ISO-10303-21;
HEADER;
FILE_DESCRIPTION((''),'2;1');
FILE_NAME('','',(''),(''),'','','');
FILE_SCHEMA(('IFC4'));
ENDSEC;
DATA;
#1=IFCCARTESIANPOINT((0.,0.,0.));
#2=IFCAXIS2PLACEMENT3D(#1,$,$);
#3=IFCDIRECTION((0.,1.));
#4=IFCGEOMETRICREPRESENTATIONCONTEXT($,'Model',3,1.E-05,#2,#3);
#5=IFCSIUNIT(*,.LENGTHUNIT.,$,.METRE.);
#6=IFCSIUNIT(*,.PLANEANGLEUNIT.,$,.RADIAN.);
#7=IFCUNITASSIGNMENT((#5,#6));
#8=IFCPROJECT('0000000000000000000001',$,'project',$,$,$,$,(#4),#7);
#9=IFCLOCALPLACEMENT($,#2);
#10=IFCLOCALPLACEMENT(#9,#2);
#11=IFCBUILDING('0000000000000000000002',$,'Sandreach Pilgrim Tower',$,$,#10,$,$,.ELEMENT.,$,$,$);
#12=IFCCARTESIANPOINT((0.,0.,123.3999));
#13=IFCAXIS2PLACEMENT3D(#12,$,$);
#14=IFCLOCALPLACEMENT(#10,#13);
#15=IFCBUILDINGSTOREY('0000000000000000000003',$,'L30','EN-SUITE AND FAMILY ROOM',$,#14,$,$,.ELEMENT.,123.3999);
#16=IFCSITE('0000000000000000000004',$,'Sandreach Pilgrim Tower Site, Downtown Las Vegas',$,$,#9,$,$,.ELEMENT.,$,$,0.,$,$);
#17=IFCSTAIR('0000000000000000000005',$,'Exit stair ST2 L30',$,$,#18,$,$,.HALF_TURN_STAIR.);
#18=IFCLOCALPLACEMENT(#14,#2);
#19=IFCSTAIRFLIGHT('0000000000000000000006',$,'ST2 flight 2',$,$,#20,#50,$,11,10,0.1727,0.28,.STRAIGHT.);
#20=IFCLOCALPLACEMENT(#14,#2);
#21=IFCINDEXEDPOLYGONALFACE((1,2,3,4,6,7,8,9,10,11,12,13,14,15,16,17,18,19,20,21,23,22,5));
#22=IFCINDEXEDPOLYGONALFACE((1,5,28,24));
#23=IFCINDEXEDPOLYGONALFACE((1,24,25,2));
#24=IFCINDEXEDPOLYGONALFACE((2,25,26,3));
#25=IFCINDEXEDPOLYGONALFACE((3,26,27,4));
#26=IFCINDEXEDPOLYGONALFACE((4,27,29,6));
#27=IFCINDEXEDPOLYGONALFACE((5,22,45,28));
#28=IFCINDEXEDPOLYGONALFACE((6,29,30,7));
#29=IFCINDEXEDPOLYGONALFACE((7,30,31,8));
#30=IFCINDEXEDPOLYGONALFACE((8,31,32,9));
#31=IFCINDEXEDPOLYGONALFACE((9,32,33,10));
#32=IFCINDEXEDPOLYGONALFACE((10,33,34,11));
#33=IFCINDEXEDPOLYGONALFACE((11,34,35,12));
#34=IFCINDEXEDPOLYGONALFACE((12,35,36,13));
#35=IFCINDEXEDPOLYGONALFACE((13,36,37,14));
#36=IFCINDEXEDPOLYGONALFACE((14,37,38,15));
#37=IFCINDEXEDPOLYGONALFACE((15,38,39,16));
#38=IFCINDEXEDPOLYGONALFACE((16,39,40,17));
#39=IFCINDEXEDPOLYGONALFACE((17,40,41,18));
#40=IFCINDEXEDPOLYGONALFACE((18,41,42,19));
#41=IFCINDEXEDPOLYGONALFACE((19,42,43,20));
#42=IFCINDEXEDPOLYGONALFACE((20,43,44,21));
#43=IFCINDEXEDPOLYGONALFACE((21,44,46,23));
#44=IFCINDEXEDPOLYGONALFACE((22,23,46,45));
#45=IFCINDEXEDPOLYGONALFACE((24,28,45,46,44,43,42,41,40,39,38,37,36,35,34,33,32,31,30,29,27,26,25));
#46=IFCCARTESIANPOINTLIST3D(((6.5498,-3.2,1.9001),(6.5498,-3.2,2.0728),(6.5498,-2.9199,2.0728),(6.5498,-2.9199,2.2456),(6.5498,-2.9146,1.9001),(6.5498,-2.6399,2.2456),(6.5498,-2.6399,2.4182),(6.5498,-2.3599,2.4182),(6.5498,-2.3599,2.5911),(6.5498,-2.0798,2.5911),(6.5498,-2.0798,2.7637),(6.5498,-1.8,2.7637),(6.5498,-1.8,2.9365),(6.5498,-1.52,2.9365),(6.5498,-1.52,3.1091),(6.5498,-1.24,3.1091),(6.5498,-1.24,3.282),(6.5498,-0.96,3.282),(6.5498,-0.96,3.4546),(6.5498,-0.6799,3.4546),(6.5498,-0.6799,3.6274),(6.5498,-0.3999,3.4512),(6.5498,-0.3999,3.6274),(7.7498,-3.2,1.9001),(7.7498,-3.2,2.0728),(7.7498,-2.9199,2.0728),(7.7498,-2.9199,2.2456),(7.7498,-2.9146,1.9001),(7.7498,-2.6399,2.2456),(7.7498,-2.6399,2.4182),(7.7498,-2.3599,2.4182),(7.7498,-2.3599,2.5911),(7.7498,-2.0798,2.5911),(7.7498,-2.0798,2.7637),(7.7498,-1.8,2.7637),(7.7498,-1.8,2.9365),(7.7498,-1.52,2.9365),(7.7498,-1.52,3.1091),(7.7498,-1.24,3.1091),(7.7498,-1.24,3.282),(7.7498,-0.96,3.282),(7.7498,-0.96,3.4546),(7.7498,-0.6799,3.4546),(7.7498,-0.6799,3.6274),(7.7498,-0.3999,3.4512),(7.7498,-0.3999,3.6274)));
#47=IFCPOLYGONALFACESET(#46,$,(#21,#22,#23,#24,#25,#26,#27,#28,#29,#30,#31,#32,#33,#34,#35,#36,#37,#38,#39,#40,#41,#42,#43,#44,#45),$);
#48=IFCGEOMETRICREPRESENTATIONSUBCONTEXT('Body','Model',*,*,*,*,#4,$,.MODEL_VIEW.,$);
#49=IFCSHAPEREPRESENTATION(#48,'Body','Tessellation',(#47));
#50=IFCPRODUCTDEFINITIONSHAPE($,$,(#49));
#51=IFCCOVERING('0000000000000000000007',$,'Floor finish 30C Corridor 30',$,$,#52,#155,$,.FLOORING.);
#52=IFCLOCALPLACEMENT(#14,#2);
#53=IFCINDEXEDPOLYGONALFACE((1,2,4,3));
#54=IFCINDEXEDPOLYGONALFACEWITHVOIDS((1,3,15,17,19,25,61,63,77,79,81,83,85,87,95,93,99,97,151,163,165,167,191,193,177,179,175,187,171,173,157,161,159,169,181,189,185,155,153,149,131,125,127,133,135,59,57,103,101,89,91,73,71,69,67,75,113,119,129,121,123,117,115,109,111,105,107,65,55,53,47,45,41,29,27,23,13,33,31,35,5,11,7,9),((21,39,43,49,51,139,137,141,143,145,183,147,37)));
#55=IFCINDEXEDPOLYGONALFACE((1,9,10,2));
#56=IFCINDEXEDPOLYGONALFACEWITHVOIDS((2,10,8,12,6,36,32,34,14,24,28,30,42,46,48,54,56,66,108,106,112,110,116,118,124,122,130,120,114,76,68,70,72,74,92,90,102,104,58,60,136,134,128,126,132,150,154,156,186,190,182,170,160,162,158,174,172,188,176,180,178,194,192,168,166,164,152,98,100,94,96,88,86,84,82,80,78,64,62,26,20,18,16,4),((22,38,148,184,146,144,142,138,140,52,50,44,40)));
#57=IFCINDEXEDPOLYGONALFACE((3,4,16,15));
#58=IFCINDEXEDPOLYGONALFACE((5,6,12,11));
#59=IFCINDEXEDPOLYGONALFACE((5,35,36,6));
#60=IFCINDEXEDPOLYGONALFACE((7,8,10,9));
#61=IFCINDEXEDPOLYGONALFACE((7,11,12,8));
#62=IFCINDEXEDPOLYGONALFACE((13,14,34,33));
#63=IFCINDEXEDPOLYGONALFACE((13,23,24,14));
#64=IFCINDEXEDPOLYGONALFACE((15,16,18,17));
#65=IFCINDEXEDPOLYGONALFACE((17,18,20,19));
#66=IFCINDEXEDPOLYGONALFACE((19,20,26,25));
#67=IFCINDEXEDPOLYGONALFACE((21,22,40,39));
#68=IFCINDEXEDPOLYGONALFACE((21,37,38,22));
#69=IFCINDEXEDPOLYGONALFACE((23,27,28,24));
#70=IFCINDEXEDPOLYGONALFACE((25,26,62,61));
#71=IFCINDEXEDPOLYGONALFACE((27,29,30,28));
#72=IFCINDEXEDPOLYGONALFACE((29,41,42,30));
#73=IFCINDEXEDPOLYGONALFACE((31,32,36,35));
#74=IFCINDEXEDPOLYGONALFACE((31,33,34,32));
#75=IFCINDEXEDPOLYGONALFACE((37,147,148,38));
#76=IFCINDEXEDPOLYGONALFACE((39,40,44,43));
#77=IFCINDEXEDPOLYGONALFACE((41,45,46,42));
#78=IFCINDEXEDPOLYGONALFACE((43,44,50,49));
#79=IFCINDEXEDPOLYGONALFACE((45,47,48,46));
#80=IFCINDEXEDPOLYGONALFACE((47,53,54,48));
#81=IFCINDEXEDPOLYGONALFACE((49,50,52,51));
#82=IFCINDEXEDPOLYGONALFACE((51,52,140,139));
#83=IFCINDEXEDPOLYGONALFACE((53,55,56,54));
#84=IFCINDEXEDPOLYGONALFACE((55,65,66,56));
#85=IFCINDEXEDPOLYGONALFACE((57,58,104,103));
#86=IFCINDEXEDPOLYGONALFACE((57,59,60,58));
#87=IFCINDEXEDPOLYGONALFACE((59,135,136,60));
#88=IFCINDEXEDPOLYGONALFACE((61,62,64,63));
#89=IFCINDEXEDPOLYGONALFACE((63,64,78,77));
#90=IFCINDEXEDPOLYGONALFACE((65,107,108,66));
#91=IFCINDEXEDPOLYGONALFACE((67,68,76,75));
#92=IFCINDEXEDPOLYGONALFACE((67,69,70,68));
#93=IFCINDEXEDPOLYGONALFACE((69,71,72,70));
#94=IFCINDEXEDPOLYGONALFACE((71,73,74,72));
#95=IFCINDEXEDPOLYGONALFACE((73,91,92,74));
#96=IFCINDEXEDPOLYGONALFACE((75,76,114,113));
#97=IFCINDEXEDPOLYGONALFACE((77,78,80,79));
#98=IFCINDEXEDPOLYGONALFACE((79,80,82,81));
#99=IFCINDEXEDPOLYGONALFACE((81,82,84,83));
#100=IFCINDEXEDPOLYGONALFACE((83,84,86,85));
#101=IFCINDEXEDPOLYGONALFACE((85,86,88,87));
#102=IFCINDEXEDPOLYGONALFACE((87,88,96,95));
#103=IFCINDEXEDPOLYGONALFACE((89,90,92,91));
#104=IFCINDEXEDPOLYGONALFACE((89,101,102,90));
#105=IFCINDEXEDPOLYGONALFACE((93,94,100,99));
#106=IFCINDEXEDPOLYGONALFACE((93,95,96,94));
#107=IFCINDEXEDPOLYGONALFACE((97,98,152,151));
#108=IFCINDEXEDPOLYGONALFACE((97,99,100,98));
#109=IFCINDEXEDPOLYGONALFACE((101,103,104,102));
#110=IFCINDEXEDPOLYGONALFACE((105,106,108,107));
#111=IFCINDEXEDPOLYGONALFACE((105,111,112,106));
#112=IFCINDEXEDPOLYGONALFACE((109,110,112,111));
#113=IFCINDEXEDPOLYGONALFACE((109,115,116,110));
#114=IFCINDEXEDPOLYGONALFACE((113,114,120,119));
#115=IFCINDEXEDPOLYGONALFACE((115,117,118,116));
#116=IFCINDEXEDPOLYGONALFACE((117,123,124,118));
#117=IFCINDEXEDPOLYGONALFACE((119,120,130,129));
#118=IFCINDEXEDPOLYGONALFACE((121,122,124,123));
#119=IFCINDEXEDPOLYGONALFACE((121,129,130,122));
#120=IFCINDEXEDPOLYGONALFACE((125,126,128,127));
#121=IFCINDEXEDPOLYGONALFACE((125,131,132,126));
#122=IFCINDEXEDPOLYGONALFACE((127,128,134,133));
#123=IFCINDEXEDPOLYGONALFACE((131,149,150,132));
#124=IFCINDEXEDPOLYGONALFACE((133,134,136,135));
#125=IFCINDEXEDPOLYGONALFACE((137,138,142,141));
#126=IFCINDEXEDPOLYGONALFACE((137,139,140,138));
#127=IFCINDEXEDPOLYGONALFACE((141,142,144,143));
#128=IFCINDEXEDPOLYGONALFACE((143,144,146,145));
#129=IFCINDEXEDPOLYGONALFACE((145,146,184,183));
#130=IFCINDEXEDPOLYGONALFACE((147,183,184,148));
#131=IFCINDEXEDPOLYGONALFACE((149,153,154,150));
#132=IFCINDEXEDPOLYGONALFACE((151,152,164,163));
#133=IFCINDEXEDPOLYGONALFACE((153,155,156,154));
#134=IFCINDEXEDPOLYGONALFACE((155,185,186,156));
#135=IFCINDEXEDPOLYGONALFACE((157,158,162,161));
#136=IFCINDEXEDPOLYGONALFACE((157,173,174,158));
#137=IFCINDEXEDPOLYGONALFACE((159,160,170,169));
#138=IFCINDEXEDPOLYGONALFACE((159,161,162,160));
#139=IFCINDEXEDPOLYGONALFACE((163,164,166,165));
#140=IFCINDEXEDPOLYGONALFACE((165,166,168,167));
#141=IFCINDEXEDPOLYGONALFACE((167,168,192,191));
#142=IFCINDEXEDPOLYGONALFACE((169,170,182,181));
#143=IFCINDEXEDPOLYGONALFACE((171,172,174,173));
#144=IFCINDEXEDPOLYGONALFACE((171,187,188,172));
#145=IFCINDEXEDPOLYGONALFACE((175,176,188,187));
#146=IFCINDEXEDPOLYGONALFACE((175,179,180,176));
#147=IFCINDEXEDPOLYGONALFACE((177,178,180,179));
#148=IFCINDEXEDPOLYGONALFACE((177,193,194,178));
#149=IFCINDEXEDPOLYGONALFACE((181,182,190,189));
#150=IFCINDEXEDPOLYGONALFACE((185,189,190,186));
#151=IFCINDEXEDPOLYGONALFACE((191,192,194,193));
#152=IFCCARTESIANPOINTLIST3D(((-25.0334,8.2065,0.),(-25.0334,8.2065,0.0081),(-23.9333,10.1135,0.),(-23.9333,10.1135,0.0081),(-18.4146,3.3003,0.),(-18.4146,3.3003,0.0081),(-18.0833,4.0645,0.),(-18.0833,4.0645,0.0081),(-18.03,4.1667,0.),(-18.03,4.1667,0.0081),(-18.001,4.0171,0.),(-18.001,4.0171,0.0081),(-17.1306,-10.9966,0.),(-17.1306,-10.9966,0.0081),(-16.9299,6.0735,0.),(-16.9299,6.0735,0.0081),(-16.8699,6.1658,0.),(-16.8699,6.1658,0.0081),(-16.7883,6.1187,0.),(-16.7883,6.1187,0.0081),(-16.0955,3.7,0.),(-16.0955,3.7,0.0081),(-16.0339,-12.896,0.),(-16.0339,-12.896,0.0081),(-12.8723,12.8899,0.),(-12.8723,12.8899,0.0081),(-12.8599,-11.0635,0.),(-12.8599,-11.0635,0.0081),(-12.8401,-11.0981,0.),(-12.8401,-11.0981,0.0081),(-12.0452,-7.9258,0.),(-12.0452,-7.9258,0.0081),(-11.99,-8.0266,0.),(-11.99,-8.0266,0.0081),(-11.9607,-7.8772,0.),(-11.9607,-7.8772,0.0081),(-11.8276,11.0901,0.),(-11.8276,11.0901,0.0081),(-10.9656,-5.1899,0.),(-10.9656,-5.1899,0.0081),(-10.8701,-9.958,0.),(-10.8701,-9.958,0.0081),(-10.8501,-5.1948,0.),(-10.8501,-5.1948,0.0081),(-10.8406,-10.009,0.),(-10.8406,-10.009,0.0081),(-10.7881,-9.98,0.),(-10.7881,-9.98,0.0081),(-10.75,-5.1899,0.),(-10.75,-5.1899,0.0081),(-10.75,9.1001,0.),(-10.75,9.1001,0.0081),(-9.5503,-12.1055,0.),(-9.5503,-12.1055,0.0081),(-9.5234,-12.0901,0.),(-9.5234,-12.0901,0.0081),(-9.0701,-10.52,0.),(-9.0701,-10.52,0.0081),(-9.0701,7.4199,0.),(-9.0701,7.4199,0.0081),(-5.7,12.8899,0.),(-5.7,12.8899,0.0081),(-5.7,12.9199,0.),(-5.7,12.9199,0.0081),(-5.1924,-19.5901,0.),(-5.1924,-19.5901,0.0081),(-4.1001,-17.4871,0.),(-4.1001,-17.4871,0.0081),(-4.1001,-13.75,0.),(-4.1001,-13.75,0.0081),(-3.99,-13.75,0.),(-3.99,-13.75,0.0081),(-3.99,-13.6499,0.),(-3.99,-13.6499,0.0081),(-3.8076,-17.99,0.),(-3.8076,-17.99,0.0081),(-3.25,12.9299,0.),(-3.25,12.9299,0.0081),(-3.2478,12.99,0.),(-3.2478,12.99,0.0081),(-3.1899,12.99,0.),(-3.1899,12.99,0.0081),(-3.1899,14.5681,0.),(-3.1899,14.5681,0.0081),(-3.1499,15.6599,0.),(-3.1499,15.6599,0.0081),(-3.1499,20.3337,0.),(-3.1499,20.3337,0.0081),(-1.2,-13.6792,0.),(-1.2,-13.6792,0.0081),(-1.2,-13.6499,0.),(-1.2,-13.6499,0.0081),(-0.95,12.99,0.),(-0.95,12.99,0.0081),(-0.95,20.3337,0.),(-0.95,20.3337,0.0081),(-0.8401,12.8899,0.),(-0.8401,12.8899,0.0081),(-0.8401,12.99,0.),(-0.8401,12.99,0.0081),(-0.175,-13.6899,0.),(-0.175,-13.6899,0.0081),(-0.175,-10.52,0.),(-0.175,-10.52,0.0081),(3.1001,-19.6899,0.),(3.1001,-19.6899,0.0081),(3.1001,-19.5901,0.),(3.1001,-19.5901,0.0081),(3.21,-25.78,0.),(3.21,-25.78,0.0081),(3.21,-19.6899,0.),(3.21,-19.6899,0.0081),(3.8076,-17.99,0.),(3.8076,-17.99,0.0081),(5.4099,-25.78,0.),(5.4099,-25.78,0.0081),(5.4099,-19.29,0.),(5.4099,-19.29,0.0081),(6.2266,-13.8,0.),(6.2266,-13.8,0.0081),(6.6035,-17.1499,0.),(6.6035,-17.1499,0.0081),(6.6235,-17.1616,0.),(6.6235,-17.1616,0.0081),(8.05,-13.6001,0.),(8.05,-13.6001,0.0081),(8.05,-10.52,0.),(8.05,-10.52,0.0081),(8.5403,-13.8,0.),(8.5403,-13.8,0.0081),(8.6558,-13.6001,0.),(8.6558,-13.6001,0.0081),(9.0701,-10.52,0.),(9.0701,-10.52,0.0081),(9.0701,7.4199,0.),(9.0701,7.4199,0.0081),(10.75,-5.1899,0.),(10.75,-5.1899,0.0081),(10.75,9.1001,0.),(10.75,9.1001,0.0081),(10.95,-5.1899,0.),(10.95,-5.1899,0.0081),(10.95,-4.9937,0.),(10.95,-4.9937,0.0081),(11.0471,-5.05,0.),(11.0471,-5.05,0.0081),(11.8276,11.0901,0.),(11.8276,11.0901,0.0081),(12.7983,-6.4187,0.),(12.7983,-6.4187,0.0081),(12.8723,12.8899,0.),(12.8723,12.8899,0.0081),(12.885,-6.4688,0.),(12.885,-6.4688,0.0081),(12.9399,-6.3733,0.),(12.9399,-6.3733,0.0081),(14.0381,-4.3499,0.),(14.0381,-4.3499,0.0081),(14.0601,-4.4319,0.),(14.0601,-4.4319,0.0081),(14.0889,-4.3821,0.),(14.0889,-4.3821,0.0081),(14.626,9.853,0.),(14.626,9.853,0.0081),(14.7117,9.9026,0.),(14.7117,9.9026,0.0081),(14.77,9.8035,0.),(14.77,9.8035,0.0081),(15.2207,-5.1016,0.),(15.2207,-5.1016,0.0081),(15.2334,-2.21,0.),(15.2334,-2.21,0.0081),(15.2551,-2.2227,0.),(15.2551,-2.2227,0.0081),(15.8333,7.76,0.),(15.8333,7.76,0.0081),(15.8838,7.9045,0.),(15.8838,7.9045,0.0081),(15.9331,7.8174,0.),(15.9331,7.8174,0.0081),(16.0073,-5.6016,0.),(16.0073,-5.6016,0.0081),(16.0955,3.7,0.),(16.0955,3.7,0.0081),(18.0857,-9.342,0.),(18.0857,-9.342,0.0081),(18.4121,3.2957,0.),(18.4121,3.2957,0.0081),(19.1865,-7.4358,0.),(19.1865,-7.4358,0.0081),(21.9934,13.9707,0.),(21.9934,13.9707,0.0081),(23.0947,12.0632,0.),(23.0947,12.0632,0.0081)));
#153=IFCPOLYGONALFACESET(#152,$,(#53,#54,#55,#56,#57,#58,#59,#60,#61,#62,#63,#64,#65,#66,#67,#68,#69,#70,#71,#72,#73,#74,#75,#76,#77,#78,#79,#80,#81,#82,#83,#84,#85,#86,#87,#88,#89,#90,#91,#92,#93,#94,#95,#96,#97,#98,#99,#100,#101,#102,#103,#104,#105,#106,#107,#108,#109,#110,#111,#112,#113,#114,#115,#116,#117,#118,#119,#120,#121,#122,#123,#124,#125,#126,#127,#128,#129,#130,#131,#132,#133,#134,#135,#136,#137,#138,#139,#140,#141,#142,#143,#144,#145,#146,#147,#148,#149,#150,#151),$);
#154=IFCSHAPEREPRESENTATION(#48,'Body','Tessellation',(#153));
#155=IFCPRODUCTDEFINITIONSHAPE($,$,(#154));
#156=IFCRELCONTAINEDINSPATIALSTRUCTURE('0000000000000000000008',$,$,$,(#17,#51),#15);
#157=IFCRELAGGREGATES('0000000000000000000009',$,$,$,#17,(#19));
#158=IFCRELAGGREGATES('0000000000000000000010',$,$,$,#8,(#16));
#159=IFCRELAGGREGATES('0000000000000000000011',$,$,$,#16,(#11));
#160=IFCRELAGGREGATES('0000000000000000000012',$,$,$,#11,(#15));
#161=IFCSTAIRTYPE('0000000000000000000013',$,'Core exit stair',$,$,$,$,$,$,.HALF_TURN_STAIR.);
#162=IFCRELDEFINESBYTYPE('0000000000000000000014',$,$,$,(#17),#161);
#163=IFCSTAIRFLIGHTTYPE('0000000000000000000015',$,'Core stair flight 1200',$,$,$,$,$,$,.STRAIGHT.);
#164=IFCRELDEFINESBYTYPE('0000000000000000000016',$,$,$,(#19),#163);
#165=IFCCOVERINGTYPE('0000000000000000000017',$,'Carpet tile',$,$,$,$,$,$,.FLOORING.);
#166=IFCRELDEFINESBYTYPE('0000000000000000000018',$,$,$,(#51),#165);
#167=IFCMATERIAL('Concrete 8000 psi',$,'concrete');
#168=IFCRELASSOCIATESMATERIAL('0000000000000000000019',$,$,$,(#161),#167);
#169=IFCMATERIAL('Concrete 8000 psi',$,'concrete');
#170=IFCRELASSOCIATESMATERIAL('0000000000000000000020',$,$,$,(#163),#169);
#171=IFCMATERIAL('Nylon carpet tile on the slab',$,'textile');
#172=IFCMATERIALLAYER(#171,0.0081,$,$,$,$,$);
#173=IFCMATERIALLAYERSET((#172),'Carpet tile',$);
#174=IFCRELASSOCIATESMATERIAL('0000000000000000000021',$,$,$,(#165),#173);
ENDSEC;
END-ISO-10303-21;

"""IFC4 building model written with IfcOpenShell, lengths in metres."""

from ifc_helpers import new_model, si_unit, direction, frame, origin, place, context, subcontext, project, spatial, polyline, outline, extrude, material, layer, layer_set, type_object, element, aggregate, save


model = new_model("IFC4")

# Units and contexts
model_context = context("Model", 3, precision=1e-05, world=origin(), true_north=direction((0.0, 1.0)))
body_context = subcontext(model_context, "Body", "Model", "MODEL_VIEW")
ifc_project = project(units=[si_unit("LENGTHUNIT", "METRE"), si_unit("PLANEANGLEUNIT", "RADIAN")], contexts=[model_context])

# Site, building, storey
site_placement = place(None, origin())
site = spatial("IfcSite", under=ifc_project, at=site_placement, Name="Sandreach Pilgrim Tower Site, Downtown Las Vegas", CompositionType="ELEMENT", RefElevation=0.0)
building_placement = place(site_placement, origin())
building = spatial("IfcBuilding", under=site, at=building_placement, Name="Sandreach Pilgrim Tower", CompositionType="ELEMENT")
storey_placement = place(building_placement, frame((0.0, 0.0, 123.3999)))
storey = spatial("IfcBuildingStorey", under=building, at=storey_placement, Name="L30", Description="EN-SUITE AND FAMILY ROOM", CompositionType="ELEMENT", Elevation=123.3999)

# Stair
ifc_material_1 = material(Name="Concrete 8000 psi", Category="concrete")
stair_type = type_object("IfcStairType", Name="Core exit stair", PredefinedType="HALF_TURN_STAIR", material=ifc_material_1)
stair_1_placement = place(storey_placement, origin())
stair_1 = element("IfcStair", 1, at=stair_1_placement, inside=storey, type_object=stair_type, Name="Exit stair ST2 L30", PredefinedType="HALF_TURN_STAIR")

# Stair flight
ifc_material_2 = material(Name="Concrete 8000 psi", Category="concrete")
stair_flight_type = type_object("IfcStairFlightType", Name="Core stair flight 1200", PredefinedType="STRAIGHT", material=ifc_material_2)
stair_flight_1_placement = place(storey_placement, frame((7.1499, -3.2, 1.9001), z_axis=(0.0, 0.0, 1.0), x_axis=(0.0, 1.0, 0.0)))
stair_flight_1 = element("IfcStairFlight", 2, at=stair_flight_1_placement, type_object=stair_flight_type, Name="ST2 flight 2", NumberOfRisers=11, NumberOfTreads=10, PredefinedType="STRAIGHT", RiserHeight=0.1727, TreadLength=0.28, context=body_context, shape_type="SweptSolid", body=[
    extrude(outline(polyline([(0.0, 0.0), (0.0, 0.1726), (0.28, 0.1726), (0.28, 0.3455), (0.5601, 0.3455), (0.5601, 0.5181), (0.8401, 0.5181), (0.8401, 0.6909), (1.1201, 0.6909), (1.1201, 0.8635), (1.3999, 0.8635), (1.3999, 1.0364), (1.6799, 1.0364), (1.6799, 1.209), (1.96, 1.209), (1.96, 1.3818), (2.24, 1.3818), (2.24, 1.5544), (2.52, 1.5544), (2.52, 1.7273), (2.8, 1.7273), (2.8, 1.8999), (2.8, 1.551), (0.2854, 0.0), (0.0, 0.0)])), frame((0.0, 0.6001, 0.0), z_axis=(0.0, -1.0, 0.0), x_axis=(1.0, 0.0, 0.0)), (0.0, 0.0, 1.0), 1.2),
])
aggregate(stair_1, [stair_flight_1])

# Covering
ifc_material_3 = material(Name="Nylon carpet tile on the slab", Category="textile")
ifc_layer_1 = layer(ifc_material_3, 0.0081)
ifc_layer_set_1 = layer_set([ifc_layer_1], Name="Carpet tile")
covering_type_1 = type_object("IfcCoveringType", Name="Carpet tile", PredefinedType="FLOORING", material=ifc_layer_set_1)
covering_1_placement = place(storey_placement, origin())
element("IfcCovering", 3, at=covering_1_placement, inside=storey, type_object=covering_type_1, Name="Floor finish 30C Corridor 30", PredefinedType="FLOORING", context=body_context, shape_type="SweptSolid", body=[
    extrude(outline(polyline([(-16.9299, 6.0735), (-16.8699, 6.1658), (-16.7883, 6.1187), (-12.8723, 12.8899), (-5.7, 12.8899), (-5.7, 12.9199), (-3.25, 12.9299), (-3.2478, 12.99), (-3.1899, 12.99), (-3.1899, 14.5681), (-3.1499, 15.6599), (-3.1499, 20.3337), (-0.95, 20.3337), (-0.95, 12.99), (-0.8401, 12.99), (-0.8401, 12.8899), (12.8723, 12.8899), (14.626, 9.853), (14.7117, 9.9026), (14.77, 9.8035), (21.9934, 13.9707), (23.0947, 12.0632), (15.8838, 7.9045), (15.9331, 7.8174), (15.8333, 7.76), (18.4121, 3.2957), (15.2334, -2.21), (15.2551, -2.2227), (14.0381, -4.3499), (14.0889, -4.3821), (14.0601, -4.4319), (15.2207, -5.1016), (16.0073, -5.6016), (19.1865, -7.4358), (18.0857, -9.342), (12.9399, -6.3733), (12.885, -6.4688), (12.7983, -6.4187), (8.6558, -13.6001), (8.05, -13.6001), (8.05, -10.52), (9.0701, -10.52), (9.0701, 7.4199), (-9.0701, 7.4199), (-9.0701, -10.52), (-0.175, -10.52), (-0.175, -13.6899), (-1.2, -13.6792), (-1.2, -13.6499), (-3.99, -13.6499), (-3.99, -13.75), (-4.1001, -13.75), (-4.1001, -17.4871), (-3.8076, -17.99), (3.8076, -17.99), (6.2266, -13.8), (8.5403, -13.8), (6.6035, -17.1499), (6.6235, -17.1616), (5.4099, -19.29), (5.4099, -25.78), (3.21, -25.78), (3.21, -19.6899), (3.1001, -19.6899), (3.1001, -19.5901), (-5.1924, -19.5901), (-9.5234, -12.0901), (-9.5503, -12.1055), (-10.7881, -9.98), (-10.8406, -10.009), (-10.8701, -9.958), (-12.8401, -11.0981), (-12.8599, -11.0635), (-16.0339, -12.896), (-17.1306, -10.9966), (-11.99, -8.0266), (-12.0452, -7.9258), (-11.9607, -7.8772), (-18.4146, 3.3003), (-18.001, 4.0171), (-18.0833, 4.0645), (-18.03, 4.1667), (-25.0334, 8.2065), (-23.9333, 10.1135), (-16.9299, 6.0735)]), holes=[polyline([(-16.0955, 3.7), (-10.9656, -5.1899), (-10.8501, -5.1948), (-10.75, -5.1899), (-10.75, 9.1001), (10.75, 9.1001), (10.75, -5.1899), (10.95, -5.1899), (10.95, -4.9937), (11.0471, -5.05), (16.0955, 3.7), (11.8276, 11.0901), (-11.8276, 11.0901), (-16.0955, 3.7)])]), origin(), (0.0, 0.0, 1.0), 0.0081),
])

save(model, "model.ifc")
